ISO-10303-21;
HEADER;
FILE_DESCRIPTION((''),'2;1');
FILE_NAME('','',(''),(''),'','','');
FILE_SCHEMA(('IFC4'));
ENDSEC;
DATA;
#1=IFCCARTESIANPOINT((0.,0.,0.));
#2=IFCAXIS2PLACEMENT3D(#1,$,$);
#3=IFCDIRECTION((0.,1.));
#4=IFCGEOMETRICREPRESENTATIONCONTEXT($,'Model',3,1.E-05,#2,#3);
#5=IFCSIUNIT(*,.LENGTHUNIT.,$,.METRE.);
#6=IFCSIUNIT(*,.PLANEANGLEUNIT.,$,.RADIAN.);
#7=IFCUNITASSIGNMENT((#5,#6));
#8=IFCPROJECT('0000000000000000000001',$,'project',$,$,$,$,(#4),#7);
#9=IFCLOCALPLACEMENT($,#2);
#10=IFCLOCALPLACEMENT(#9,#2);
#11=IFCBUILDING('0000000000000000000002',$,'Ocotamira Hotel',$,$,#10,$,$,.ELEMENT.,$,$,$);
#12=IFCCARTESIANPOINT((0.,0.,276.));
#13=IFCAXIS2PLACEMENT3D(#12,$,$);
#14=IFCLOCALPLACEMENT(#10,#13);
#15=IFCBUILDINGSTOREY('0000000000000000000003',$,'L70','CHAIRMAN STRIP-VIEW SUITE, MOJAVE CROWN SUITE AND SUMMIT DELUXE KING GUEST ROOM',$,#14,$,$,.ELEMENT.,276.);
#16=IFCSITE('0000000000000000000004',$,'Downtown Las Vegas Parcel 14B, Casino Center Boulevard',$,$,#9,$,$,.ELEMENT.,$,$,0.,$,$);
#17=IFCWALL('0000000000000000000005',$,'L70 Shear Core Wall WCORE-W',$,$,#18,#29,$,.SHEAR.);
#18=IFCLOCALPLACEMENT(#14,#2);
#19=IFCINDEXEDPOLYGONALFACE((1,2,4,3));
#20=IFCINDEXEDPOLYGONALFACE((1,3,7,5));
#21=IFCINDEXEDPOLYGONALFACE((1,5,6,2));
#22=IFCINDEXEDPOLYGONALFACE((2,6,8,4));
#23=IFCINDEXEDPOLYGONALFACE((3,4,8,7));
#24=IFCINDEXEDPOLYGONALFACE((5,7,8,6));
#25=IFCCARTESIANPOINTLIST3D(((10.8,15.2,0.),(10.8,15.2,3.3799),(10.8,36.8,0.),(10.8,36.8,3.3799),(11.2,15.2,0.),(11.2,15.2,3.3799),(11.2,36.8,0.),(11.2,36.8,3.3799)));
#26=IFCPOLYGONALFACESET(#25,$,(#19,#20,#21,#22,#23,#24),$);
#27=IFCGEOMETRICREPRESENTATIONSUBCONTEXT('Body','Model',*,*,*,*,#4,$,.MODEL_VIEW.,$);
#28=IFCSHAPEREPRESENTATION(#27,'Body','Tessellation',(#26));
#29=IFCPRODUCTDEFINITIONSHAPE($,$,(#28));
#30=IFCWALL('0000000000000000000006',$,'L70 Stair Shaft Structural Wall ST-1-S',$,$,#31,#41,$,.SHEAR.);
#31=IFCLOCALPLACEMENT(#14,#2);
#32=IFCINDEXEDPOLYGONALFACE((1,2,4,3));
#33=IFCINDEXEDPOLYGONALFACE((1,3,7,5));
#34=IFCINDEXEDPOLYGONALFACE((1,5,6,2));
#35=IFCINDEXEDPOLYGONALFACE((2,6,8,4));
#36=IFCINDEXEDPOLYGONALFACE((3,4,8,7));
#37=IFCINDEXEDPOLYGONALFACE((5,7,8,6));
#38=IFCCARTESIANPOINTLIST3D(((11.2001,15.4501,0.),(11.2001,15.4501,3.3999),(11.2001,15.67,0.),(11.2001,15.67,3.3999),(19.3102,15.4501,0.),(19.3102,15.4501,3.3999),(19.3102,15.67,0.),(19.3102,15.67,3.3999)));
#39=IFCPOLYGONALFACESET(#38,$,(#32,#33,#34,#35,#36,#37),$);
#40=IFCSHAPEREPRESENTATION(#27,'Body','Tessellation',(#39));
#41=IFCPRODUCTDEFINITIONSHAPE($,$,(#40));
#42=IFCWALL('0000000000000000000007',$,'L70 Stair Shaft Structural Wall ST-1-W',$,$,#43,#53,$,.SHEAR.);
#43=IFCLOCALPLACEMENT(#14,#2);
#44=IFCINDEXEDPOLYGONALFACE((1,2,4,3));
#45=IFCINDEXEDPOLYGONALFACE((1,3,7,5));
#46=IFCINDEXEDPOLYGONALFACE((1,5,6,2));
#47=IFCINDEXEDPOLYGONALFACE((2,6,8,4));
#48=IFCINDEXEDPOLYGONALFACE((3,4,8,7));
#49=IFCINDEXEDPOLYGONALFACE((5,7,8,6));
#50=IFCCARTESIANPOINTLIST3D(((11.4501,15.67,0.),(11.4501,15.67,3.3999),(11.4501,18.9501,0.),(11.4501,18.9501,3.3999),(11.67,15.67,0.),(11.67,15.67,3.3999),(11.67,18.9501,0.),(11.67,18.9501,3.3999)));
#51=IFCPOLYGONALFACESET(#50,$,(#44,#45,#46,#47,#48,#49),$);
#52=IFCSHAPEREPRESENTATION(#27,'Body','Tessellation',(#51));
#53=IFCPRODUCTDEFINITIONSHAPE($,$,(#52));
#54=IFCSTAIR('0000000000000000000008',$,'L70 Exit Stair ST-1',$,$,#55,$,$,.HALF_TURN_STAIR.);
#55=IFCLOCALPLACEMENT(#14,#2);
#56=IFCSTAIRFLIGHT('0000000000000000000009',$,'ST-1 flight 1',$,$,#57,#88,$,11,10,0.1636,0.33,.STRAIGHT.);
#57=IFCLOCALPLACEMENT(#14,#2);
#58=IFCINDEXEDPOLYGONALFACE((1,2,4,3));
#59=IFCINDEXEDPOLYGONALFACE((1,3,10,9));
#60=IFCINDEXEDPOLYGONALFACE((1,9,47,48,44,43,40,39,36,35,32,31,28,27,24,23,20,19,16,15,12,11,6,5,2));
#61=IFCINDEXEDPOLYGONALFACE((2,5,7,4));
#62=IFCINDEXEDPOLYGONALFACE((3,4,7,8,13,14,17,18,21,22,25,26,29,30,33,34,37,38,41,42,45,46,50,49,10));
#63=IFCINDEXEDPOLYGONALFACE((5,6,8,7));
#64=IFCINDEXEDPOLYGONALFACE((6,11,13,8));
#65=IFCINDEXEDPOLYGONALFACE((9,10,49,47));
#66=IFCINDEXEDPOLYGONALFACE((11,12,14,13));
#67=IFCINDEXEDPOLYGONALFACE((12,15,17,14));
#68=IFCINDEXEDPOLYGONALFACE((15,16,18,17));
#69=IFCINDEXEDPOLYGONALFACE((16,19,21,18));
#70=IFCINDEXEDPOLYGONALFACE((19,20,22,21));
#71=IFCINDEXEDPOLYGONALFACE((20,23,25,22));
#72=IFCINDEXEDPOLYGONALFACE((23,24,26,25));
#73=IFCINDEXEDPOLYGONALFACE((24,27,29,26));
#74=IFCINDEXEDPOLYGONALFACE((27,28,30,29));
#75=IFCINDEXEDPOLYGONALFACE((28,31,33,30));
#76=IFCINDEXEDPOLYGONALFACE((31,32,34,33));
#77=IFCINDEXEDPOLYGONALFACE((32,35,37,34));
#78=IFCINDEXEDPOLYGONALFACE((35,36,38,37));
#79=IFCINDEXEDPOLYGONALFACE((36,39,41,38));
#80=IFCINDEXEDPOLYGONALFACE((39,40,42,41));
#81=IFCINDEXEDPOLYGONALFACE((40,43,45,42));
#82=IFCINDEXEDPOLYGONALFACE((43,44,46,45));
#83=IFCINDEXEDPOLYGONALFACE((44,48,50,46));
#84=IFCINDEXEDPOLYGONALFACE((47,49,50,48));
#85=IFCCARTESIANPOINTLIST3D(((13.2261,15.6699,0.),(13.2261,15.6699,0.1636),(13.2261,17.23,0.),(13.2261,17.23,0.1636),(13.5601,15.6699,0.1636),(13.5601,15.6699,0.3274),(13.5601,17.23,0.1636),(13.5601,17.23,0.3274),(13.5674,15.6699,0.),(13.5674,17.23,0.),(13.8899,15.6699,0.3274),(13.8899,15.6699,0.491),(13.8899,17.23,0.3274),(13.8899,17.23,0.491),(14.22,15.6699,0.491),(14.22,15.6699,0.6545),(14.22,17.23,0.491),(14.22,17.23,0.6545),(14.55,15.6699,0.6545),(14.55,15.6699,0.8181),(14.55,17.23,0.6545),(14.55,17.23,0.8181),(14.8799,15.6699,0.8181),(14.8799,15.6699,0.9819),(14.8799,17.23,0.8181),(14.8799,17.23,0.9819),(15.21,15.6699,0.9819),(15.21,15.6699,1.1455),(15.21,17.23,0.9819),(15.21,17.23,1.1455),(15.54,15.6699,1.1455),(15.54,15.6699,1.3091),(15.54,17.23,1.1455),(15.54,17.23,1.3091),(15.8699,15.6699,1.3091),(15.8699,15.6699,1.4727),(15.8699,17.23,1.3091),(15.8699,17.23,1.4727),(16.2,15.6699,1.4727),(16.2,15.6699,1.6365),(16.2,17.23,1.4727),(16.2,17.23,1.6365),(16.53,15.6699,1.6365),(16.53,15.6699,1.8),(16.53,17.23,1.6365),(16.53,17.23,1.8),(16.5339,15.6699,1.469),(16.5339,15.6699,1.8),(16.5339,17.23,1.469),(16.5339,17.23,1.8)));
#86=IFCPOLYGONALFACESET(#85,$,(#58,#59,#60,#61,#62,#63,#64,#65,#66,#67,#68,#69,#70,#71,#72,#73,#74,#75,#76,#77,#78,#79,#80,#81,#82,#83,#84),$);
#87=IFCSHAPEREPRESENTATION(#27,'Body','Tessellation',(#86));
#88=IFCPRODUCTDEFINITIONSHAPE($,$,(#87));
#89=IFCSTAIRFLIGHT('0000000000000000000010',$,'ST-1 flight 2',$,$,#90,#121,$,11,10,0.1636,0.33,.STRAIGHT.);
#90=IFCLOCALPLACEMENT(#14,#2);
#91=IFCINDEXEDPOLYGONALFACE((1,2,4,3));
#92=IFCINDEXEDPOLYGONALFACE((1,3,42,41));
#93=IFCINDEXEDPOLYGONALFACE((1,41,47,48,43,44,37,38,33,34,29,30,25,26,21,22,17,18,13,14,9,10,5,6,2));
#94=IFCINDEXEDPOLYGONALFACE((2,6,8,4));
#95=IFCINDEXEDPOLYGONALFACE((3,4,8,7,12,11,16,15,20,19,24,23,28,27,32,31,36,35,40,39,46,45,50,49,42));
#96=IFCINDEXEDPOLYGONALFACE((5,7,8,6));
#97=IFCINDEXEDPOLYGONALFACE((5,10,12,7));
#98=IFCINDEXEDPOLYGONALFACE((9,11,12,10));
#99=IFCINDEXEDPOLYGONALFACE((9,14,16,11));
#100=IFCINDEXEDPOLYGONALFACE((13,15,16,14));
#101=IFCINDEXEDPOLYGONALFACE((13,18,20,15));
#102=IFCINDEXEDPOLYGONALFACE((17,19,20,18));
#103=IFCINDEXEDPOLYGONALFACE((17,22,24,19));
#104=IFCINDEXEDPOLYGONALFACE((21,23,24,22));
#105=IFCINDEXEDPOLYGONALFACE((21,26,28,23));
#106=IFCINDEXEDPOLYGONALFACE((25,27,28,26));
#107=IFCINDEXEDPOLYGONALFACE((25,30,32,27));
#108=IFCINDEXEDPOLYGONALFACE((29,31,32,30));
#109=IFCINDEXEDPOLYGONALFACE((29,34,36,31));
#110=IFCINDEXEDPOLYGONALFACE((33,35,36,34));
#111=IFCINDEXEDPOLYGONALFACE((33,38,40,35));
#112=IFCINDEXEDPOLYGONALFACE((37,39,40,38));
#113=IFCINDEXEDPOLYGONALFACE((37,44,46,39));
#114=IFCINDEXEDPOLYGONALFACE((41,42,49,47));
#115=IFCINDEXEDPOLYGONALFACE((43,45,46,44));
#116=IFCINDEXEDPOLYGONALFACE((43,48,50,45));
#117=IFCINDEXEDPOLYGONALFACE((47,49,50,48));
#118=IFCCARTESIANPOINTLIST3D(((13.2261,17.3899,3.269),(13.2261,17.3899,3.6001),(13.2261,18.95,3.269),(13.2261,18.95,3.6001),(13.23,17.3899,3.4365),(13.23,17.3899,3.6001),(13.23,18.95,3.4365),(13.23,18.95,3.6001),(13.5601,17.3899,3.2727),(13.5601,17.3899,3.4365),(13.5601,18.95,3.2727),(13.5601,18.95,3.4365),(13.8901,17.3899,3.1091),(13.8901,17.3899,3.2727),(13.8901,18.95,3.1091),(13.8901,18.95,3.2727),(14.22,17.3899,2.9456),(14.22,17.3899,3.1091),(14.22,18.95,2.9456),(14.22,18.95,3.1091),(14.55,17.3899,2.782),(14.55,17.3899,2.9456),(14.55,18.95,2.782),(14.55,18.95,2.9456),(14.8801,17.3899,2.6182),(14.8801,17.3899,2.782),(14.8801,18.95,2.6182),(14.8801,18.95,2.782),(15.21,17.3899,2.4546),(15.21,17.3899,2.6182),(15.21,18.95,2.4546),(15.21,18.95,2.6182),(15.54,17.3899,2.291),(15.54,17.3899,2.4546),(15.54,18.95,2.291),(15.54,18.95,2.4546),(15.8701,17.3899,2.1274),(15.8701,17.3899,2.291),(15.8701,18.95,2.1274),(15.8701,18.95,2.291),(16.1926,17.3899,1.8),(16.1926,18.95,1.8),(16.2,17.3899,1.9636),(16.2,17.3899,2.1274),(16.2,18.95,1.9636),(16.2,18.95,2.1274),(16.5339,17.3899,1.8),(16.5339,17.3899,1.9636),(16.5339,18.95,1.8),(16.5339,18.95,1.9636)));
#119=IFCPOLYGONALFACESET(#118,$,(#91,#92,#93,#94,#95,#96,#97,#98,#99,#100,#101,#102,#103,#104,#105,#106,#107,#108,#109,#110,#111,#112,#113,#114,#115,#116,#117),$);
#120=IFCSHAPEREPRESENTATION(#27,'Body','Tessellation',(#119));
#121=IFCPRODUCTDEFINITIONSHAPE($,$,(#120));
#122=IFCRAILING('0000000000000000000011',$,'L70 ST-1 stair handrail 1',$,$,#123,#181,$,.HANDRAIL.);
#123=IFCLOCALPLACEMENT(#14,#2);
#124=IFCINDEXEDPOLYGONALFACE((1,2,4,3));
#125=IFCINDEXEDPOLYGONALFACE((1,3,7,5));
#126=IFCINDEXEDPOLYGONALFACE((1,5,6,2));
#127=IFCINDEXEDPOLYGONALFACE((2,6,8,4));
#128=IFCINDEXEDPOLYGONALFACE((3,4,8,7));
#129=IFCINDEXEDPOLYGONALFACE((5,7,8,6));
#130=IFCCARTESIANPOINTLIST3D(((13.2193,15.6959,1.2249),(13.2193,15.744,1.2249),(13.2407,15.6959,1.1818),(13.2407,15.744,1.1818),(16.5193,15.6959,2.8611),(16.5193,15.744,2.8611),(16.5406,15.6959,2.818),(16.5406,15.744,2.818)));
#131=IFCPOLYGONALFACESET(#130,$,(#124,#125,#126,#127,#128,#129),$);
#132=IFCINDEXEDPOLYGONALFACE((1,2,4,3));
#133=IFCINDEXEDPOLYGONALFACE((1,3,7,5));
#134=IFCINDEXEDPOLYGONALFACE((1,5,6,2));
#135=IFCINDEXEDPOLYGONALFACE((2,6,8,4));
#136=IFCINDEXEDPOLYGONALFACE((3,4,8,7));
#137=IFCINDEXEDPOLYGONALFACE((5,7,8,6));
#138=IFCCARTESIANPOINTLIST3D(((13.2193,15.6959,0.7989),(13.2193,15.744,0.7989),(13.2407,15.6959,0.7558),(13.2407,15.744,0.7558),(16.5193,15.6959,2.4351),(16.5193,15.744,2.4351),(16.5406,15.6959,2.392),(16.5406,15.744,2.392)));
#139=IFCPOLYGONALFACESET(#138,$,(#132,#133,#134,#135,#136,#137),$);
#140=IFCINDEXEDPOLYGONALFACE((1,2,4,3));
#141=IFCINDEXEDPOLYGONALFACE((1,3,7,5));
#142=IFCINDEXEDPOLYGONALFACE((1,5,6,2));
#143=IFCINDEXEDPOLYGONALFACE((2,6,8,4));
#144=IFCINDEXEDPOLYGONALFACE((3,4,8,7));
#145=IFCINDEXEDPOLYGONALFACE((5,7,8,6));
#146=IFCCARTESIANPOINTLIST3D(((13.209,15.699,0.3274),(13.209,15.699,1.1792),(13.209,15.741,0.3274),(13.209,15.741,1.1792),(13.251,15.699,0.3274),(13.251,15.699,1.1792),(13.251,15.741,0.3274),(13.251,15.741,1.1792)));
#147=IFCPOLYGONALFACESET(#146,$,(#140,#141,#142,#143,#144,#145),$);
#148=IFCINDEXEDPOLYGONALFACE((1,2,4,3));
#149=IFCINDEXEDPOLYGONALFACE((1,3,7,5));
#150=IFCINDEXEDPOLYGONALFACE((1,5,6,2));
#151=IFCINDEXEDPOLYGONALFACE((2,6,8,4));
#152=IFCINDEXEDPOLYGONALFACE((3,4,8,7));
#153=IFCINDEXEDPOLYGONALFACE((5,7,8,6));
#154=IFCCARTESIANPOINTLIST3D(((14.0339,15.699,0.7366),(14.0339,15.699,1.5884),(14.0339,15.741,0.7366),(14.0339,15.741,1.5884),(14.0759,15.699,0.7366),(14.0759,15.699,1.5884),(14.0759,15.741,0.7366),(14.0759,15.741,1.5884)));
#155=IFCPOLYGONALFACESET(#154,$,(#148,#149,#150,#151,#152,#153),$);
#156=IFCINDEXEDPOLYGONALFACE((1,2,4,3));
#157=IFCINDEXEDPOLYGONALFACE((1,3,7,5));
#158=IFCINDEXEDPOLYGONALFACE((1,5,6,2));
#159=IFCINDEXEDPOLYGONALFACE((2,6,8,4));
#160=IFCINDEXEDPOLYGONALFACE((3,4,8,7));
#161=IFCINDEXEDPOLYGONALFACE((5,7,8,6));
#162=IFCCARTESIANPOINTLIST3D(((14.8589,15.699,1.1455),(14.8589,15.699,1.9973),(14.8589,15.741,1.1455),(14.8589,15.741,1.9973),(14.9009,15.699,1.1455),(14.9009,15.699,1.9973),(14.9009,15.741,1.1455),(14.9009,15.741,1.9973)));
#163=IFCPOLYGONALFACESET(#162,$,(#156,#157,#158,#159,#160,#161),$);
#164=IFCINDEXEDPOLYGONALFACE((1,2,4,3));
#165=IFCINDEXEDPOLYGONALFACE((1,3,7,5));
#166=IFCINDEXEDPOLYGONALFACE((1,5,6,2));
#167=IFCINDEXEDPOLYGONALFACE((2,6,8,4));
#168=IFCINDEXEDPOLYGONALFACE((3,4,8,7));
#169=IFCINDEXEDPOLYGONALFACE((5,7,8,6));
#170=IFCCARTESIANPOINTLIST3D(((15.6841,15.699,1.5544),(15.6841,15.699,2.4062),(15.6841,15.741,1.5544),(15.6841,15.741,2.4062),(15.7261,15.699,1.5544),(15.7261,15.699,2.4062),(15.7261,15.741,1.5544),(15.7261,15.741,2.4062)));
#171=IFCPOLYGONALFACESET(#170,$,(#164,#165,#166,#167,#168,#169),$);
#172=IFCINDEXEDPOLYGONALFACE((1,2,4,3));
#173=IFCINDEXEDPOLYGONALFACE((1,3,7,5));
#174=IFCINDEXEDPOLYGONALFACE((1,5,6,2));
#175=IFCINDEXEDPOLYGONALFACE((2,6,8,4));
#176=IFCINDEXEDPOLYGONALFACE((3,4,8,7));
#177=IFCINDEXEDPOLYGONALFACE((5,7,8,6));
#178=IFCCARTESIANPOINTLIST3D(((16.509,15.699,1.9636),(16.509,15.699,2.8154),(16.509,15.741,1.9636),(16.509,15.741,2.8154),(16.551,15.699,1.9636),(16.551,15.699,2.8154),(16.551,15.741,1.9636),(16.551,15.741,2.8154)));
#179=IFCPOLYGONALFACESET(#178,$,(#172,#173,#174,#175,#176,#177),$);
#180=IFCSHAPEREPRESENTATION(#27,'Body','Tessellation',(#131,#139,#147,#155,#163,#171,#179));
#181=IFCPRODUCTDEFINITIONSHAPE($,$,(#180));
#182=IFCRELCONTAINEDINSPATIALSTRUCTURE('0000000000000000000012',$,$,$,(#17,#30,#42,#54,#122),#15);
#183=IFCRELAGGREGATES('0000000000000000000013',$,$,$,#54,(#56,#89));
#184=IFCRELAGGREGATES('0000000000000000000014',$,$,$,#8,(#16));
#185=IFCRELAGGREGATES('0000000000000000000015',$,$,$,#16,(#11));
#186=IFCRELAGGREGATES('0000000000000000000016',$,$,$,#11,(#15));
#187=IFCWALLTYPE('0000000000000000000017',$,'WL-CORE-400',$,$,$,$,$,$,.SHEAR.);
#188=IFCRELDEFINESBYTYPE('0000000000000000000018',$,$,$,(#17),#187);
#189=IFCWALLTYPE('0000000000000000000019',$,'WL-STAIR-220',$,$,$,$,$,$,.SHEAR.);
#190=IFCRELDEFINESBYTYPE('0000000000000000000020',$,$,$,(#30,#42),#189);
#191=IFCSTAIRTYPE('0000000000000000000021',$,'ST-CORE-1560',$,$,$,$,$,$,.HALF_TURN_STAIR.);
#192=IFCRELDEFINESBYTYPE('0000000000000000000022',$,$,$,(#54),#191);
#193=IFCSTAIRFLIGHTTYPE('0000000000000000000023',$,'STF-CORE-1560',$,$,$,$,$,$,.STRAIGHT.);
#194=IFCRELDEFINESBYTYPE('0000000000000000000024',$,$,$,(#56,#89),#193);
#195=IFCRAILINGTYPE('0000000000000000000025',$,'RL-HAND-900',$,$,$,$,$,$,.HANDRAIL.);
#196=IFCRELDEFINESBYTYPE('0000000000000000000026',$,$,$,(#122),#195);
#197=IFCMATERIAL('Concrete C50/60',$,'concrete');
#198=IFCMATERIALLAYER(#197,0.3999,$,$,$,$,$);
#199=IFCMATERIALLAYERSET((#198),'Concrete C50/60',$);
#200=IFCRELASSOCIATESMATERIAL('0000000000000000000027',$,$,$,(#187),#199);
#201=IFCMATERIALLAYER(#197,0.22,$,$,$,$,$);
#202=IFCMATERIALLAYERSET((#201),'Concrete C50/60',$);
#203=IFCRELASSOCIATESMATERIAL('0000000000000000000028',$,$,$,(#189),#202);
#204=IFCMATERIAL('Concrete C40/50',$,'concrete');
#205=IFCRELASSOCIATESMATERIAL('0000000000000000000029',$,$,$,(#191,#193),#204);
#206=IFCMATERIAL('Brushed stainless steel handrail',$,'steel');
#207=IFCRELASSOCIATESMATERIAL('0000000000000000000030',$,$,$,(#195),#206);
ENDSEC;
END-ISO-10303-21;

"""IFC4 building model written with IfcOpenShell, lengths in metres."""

from ifc_helpers import new_model, si_unit, direction, frame, frame_2d, origin, origin_2d, place, context, subcontext, project, spatial, polyline, rectangle, outline, extrude, source, transform, mapped, material, layer, layer_set, type_object, element, aggregate, save


model = new_model("IFC4")

# Units and contexts
model_context = context("Model", 3, precision=1e-05, world=origin(), true_north=direction((0.0, 1.0)))
body_context = subcontext(model_context, "Body", "Model", "MODEL_VIEW")
ifc_project = project(units=[si_unit("LENGTHUNIT", "METRE"), si_unit("PLANEANGLEUNIT", "RADIAN")], contexts=[model_context])

# Site, building, storey
site_placement = place(None, origin())
site = spatial("IfcSite", under=ifc_project, at=site_placement, Name="Downtown Las Vegas Parcel 14B, Casino Center Boulevard", CompositionType="ELEMENT", RefElevation=0.0)
building_placement = place(site_placement, origin())
building = spatial("IfcBuilding", under=site, at=building_placement, Name="Ocotamira Hotel", CompositionType="ELEMENT")
storey_placement = place(building_placement, frame((0.0, 0.0, 276.0)))
storey = spatial("IfcBuildingStorey", under=building, at=storey_placement, Name="L70", Description="CHAIRMAN STRIP-VIEW SUITE, MOJAVE CROWN SUITE AND SUMMIT DELUXE KING GUEST ROOM", CompositionType="ELEMENT", Elevation=276.0)

# Shared definitions
ifc_material_1 = material(Name="Concrete C50/60", Category="concrete")
ifc_layer_1 = layer(ifc_material_1, 0.3999)
ifc_layer_set_1 = layer_set([ifc_layer_1], Name="Concrete C50/60")
wall_type_1 = type_object("IfcWallType", Name="WL-CORE-400", PredefinedType="SHEAR", material=ifc_layer_set_1)

# Wall
wall_1_placement = place(storey_placement, frame((11.0, 15.2, 0.0), z_axis=(0.0, 0.0, 1.0), x_axis=(0.0, 1.0, 0.0)))
element("IfcWall", 1, at=wall_1_placement, inside=storey, type_object=wall_type_1, Name="L70 Shear Core Wall WCORE-W", PredefinedType="SHEAR", context=body_context, shape_type="SweptSolid", body=[
    extrude(rectangle(XDim=21.6001, YDim=0.3999, at=frame_2d((10.8, 0.0))), origin(), (0.0, 0.0, 1.0), 3.3799),
])

# Walls
ifc_layer_2 = layer(ifc_material_1, 0.22)
ifc_layer_set_2 = layer_set([ifc_layer_2], Name="Concrete C50/60")
wall_type_2 = type_object("IfcWallType", Name="WL-STAIR-220", PredefinedType="SHEAR", material=ifc_layer_set_2)
wall_2_placement = place(storey_placement, frame((11.2, 15.5601, 0.0), z_axis=(0.0, 0.0, 1.0), x_axis=(1.0, 0.0, 0.0)))
element("IfcWall", 2, at=wall_2_placement, inside=storey, type_object=wall_type_2, Name="L70 Stair Shaft Structural Wall ST-1-S", PredefinedType="SHEAR", context=body_context, shape_type="SweptSolid", body=[
    extrude(rectangle(XDim=8.1101, YDim=0.22, at=frame_2d((4.0552, 0.0))), origin(), (0.0, 0.0, 1.0), 3.3999),
])
wall_3_placement = place(storey_placement, frame((11.5601, 15.6699, 0.0), z_axis=(0.0, 0.0, 1.0), x_axis=(0.0, 1.0, 0.0)))
element("IfcWall", 3, at=wall_3_placement, inside=storey, type_object=wall_type_2, Name="L70 Stair Shaft Structural Wall ST-1-W", PredefinedType="SHEAR", context=body_context, shape_type="SweptSolid", body=[
    extrude(rectangle(XDim=3.28, YDim=0.22, at=frame_2d((1.6401, 0.0))), origin(), (0.0, 0.0, 1.0), 3.3999),
])

# Stair, stair flights
ifc_material_2 = material(Name="Concrete C40/50", Category="concrete")
stair_type = type_object("IfcStairType", Name="ST-CORE-1560", PredefinedType="HALF_TURN_STAIR", material=ifc_material_2)
stair_placement = place(storey_placement, origin())
stair = element("IfcStair", 4, at=stair_placement, inside=storey, type_object=stair_type, Name="L70 Exit Stair ST-1", PredefinedType="HALF_TURN_STAIR")
stair_flight_type = type_object("IfcStairFlightType", Name="STF-CORE-1560", PredefinedType="STRAIGHT", material=ifc_material_2)
shared_shape_1 = source(origin(), body_context, "Body", "SweptSolid", [
    extrude(outline(polyline([(-0.0039, 0.0), (-0.0039, 0.1636), (0.3301, 0.1636), (0.3301, 0.3274), (0.6599, 0.3274), (0.6599, 0.491), (0.99, 0.491), (0.99, 0.6545), (1.3201, 0.6545), (1.3201, 0.8181), (1.6499, 0.8181), (1.6499, 0.9819), (1.98, 0.9819), (1.98, 1.1455), (2.3101, 1.1455), (2.3101, 1.3091), (2.6399, 1.3091), (2.6399, 1.4727), (2.97, 1.4727), (2.97, 1.6365), (3.3, 1.6365), (3.3, 1.8), (3.304, 1.8), (3.304, 1.469), (0.3374, 0.0), (-0.0039, 0.0)])), frame((0.0, 0.78, 0.0), z_axis=(0.0, -1.0, 0.0), x_axis=(1.0, 0.0, 0.0)), (0.0, 0.0, 1.0), 1.5601),
])
stair_flight_1_placement = place(storey_placement, frame((13.23, 16.45, 0.0), z_axis=(0.0, 0.0, 1.0), x_axis=(1.0, 0.0, 0.0)))
stair_flight_1 = element("IfcStairFlight", 5, at=stair_flight_1_placement, type_object=stair_flight_type, Name="ST-1 flight 1", NumberOfRisers=11, NumberOfTreads=10, PredefinedType="STRAIGHT", RiserHeight=0.1636, TreadLength=0.33, context=body_context, shape_type="MappedRepresentation", body=[
    mapped(shared_shape_1, transform((0.0, 0.0, 0.0), scale=1.0)),
])
stair_flight_2_placement = place(storey_placement, frame((16.53, 18.1699, 1.8), z_axis=(0.0, 0.0, 1.0), x_axis=(-1.0, 0.0, 0.0)))
stair_flight_2 = element("IfcStairFlight", 6, at=stair_flight_2_placement, type_object=stair_flight_type, Name="ST-1 flight 2", NumberOfRisers=11, NumberOfTreads=10, PredefinedType="STRAIGHT", RiserHeight=0.1636, TreadLength=0.33, context=body_context, shape_type="MappedRepresentation", body=[
    mapped(shared_shape_1, transform((0.0, 0.0, 0.0), scale=1.0)),
])
aggregate(stair, [stair_flight_1, stair_flight_2])

# Railing
ifc_material_3 = material(Name="Brushed stainless steel handrail", Category="steel")
railing_type_1 = type_object("IfcRailingType", Name="RL-HAND-900", PredefinedType="HANDRAIL", material=ifc_material_3)
railing_1_placement = place(storey_placement, frame((13.23, 15.72, 0.3274)))
element("IfcRailing", 7, at=railing_1_placement, inside=storey, type_object=railing_type_1, Name="L70 ST-1 stair handrail 1", PredefinedType="HANDRAIL", context=body_context, shape_type="SweptSolid", body=[
    extrude(rectangle(XDim=0.0481, YDim=0.0481, at=origin_2d()), frame((0.0, 0.0, 0.876), z_axis=(0.89592, 0.0, 0.444215), x_axis=(0.0, 1.0, 0.0)), (0.0, 0.0, 1.0), 3.6833),
    extrude(rectangle(XDim=0.0481, YDim=0.0481, at=origin_2d()), frame((0.0, 0.0, 0.45), z_axis=(0.89592, 0.0, 0.444215), x_axis=(0.0, 1.0, 0.0)), (0.0, 0.0, 1.0), 3.6833),
    extrude(rectangle(XDim=0.042, YDim=0.042, at=origin_2d()), origin(), (0.0, 0.0, 1.0), 0.8518),
    extrude(rectangle(XDim=0.042, YDim=0.042, at=origin_2d()), frame((0.825, 0.0, 0.4092)), (0.0, 0.0, 1.0), 0.8518),
    extrude(rectangle(XDim=0.042, YDim=0.042, at=origin_2d()), frame((1.6499, 0.0, 0.8181)), (0.0, 0.0, 1.0), 0.8518),
    extrude(rectangle(XDim=0.042, YDim=0.042, at=origin_2d()), frame((2.4751, 0.0, 1.2271)), (0.0, 0.0, 1.0), 0.8518),
    extrude(rectangle(XDim=0.042, YDim=0.042, at=origin_2d()), frame((3.3, 0.0, 1.6362)), (0.0, 0.0, 1.0), 0.8518),
])

save(model, "model.ifc")
